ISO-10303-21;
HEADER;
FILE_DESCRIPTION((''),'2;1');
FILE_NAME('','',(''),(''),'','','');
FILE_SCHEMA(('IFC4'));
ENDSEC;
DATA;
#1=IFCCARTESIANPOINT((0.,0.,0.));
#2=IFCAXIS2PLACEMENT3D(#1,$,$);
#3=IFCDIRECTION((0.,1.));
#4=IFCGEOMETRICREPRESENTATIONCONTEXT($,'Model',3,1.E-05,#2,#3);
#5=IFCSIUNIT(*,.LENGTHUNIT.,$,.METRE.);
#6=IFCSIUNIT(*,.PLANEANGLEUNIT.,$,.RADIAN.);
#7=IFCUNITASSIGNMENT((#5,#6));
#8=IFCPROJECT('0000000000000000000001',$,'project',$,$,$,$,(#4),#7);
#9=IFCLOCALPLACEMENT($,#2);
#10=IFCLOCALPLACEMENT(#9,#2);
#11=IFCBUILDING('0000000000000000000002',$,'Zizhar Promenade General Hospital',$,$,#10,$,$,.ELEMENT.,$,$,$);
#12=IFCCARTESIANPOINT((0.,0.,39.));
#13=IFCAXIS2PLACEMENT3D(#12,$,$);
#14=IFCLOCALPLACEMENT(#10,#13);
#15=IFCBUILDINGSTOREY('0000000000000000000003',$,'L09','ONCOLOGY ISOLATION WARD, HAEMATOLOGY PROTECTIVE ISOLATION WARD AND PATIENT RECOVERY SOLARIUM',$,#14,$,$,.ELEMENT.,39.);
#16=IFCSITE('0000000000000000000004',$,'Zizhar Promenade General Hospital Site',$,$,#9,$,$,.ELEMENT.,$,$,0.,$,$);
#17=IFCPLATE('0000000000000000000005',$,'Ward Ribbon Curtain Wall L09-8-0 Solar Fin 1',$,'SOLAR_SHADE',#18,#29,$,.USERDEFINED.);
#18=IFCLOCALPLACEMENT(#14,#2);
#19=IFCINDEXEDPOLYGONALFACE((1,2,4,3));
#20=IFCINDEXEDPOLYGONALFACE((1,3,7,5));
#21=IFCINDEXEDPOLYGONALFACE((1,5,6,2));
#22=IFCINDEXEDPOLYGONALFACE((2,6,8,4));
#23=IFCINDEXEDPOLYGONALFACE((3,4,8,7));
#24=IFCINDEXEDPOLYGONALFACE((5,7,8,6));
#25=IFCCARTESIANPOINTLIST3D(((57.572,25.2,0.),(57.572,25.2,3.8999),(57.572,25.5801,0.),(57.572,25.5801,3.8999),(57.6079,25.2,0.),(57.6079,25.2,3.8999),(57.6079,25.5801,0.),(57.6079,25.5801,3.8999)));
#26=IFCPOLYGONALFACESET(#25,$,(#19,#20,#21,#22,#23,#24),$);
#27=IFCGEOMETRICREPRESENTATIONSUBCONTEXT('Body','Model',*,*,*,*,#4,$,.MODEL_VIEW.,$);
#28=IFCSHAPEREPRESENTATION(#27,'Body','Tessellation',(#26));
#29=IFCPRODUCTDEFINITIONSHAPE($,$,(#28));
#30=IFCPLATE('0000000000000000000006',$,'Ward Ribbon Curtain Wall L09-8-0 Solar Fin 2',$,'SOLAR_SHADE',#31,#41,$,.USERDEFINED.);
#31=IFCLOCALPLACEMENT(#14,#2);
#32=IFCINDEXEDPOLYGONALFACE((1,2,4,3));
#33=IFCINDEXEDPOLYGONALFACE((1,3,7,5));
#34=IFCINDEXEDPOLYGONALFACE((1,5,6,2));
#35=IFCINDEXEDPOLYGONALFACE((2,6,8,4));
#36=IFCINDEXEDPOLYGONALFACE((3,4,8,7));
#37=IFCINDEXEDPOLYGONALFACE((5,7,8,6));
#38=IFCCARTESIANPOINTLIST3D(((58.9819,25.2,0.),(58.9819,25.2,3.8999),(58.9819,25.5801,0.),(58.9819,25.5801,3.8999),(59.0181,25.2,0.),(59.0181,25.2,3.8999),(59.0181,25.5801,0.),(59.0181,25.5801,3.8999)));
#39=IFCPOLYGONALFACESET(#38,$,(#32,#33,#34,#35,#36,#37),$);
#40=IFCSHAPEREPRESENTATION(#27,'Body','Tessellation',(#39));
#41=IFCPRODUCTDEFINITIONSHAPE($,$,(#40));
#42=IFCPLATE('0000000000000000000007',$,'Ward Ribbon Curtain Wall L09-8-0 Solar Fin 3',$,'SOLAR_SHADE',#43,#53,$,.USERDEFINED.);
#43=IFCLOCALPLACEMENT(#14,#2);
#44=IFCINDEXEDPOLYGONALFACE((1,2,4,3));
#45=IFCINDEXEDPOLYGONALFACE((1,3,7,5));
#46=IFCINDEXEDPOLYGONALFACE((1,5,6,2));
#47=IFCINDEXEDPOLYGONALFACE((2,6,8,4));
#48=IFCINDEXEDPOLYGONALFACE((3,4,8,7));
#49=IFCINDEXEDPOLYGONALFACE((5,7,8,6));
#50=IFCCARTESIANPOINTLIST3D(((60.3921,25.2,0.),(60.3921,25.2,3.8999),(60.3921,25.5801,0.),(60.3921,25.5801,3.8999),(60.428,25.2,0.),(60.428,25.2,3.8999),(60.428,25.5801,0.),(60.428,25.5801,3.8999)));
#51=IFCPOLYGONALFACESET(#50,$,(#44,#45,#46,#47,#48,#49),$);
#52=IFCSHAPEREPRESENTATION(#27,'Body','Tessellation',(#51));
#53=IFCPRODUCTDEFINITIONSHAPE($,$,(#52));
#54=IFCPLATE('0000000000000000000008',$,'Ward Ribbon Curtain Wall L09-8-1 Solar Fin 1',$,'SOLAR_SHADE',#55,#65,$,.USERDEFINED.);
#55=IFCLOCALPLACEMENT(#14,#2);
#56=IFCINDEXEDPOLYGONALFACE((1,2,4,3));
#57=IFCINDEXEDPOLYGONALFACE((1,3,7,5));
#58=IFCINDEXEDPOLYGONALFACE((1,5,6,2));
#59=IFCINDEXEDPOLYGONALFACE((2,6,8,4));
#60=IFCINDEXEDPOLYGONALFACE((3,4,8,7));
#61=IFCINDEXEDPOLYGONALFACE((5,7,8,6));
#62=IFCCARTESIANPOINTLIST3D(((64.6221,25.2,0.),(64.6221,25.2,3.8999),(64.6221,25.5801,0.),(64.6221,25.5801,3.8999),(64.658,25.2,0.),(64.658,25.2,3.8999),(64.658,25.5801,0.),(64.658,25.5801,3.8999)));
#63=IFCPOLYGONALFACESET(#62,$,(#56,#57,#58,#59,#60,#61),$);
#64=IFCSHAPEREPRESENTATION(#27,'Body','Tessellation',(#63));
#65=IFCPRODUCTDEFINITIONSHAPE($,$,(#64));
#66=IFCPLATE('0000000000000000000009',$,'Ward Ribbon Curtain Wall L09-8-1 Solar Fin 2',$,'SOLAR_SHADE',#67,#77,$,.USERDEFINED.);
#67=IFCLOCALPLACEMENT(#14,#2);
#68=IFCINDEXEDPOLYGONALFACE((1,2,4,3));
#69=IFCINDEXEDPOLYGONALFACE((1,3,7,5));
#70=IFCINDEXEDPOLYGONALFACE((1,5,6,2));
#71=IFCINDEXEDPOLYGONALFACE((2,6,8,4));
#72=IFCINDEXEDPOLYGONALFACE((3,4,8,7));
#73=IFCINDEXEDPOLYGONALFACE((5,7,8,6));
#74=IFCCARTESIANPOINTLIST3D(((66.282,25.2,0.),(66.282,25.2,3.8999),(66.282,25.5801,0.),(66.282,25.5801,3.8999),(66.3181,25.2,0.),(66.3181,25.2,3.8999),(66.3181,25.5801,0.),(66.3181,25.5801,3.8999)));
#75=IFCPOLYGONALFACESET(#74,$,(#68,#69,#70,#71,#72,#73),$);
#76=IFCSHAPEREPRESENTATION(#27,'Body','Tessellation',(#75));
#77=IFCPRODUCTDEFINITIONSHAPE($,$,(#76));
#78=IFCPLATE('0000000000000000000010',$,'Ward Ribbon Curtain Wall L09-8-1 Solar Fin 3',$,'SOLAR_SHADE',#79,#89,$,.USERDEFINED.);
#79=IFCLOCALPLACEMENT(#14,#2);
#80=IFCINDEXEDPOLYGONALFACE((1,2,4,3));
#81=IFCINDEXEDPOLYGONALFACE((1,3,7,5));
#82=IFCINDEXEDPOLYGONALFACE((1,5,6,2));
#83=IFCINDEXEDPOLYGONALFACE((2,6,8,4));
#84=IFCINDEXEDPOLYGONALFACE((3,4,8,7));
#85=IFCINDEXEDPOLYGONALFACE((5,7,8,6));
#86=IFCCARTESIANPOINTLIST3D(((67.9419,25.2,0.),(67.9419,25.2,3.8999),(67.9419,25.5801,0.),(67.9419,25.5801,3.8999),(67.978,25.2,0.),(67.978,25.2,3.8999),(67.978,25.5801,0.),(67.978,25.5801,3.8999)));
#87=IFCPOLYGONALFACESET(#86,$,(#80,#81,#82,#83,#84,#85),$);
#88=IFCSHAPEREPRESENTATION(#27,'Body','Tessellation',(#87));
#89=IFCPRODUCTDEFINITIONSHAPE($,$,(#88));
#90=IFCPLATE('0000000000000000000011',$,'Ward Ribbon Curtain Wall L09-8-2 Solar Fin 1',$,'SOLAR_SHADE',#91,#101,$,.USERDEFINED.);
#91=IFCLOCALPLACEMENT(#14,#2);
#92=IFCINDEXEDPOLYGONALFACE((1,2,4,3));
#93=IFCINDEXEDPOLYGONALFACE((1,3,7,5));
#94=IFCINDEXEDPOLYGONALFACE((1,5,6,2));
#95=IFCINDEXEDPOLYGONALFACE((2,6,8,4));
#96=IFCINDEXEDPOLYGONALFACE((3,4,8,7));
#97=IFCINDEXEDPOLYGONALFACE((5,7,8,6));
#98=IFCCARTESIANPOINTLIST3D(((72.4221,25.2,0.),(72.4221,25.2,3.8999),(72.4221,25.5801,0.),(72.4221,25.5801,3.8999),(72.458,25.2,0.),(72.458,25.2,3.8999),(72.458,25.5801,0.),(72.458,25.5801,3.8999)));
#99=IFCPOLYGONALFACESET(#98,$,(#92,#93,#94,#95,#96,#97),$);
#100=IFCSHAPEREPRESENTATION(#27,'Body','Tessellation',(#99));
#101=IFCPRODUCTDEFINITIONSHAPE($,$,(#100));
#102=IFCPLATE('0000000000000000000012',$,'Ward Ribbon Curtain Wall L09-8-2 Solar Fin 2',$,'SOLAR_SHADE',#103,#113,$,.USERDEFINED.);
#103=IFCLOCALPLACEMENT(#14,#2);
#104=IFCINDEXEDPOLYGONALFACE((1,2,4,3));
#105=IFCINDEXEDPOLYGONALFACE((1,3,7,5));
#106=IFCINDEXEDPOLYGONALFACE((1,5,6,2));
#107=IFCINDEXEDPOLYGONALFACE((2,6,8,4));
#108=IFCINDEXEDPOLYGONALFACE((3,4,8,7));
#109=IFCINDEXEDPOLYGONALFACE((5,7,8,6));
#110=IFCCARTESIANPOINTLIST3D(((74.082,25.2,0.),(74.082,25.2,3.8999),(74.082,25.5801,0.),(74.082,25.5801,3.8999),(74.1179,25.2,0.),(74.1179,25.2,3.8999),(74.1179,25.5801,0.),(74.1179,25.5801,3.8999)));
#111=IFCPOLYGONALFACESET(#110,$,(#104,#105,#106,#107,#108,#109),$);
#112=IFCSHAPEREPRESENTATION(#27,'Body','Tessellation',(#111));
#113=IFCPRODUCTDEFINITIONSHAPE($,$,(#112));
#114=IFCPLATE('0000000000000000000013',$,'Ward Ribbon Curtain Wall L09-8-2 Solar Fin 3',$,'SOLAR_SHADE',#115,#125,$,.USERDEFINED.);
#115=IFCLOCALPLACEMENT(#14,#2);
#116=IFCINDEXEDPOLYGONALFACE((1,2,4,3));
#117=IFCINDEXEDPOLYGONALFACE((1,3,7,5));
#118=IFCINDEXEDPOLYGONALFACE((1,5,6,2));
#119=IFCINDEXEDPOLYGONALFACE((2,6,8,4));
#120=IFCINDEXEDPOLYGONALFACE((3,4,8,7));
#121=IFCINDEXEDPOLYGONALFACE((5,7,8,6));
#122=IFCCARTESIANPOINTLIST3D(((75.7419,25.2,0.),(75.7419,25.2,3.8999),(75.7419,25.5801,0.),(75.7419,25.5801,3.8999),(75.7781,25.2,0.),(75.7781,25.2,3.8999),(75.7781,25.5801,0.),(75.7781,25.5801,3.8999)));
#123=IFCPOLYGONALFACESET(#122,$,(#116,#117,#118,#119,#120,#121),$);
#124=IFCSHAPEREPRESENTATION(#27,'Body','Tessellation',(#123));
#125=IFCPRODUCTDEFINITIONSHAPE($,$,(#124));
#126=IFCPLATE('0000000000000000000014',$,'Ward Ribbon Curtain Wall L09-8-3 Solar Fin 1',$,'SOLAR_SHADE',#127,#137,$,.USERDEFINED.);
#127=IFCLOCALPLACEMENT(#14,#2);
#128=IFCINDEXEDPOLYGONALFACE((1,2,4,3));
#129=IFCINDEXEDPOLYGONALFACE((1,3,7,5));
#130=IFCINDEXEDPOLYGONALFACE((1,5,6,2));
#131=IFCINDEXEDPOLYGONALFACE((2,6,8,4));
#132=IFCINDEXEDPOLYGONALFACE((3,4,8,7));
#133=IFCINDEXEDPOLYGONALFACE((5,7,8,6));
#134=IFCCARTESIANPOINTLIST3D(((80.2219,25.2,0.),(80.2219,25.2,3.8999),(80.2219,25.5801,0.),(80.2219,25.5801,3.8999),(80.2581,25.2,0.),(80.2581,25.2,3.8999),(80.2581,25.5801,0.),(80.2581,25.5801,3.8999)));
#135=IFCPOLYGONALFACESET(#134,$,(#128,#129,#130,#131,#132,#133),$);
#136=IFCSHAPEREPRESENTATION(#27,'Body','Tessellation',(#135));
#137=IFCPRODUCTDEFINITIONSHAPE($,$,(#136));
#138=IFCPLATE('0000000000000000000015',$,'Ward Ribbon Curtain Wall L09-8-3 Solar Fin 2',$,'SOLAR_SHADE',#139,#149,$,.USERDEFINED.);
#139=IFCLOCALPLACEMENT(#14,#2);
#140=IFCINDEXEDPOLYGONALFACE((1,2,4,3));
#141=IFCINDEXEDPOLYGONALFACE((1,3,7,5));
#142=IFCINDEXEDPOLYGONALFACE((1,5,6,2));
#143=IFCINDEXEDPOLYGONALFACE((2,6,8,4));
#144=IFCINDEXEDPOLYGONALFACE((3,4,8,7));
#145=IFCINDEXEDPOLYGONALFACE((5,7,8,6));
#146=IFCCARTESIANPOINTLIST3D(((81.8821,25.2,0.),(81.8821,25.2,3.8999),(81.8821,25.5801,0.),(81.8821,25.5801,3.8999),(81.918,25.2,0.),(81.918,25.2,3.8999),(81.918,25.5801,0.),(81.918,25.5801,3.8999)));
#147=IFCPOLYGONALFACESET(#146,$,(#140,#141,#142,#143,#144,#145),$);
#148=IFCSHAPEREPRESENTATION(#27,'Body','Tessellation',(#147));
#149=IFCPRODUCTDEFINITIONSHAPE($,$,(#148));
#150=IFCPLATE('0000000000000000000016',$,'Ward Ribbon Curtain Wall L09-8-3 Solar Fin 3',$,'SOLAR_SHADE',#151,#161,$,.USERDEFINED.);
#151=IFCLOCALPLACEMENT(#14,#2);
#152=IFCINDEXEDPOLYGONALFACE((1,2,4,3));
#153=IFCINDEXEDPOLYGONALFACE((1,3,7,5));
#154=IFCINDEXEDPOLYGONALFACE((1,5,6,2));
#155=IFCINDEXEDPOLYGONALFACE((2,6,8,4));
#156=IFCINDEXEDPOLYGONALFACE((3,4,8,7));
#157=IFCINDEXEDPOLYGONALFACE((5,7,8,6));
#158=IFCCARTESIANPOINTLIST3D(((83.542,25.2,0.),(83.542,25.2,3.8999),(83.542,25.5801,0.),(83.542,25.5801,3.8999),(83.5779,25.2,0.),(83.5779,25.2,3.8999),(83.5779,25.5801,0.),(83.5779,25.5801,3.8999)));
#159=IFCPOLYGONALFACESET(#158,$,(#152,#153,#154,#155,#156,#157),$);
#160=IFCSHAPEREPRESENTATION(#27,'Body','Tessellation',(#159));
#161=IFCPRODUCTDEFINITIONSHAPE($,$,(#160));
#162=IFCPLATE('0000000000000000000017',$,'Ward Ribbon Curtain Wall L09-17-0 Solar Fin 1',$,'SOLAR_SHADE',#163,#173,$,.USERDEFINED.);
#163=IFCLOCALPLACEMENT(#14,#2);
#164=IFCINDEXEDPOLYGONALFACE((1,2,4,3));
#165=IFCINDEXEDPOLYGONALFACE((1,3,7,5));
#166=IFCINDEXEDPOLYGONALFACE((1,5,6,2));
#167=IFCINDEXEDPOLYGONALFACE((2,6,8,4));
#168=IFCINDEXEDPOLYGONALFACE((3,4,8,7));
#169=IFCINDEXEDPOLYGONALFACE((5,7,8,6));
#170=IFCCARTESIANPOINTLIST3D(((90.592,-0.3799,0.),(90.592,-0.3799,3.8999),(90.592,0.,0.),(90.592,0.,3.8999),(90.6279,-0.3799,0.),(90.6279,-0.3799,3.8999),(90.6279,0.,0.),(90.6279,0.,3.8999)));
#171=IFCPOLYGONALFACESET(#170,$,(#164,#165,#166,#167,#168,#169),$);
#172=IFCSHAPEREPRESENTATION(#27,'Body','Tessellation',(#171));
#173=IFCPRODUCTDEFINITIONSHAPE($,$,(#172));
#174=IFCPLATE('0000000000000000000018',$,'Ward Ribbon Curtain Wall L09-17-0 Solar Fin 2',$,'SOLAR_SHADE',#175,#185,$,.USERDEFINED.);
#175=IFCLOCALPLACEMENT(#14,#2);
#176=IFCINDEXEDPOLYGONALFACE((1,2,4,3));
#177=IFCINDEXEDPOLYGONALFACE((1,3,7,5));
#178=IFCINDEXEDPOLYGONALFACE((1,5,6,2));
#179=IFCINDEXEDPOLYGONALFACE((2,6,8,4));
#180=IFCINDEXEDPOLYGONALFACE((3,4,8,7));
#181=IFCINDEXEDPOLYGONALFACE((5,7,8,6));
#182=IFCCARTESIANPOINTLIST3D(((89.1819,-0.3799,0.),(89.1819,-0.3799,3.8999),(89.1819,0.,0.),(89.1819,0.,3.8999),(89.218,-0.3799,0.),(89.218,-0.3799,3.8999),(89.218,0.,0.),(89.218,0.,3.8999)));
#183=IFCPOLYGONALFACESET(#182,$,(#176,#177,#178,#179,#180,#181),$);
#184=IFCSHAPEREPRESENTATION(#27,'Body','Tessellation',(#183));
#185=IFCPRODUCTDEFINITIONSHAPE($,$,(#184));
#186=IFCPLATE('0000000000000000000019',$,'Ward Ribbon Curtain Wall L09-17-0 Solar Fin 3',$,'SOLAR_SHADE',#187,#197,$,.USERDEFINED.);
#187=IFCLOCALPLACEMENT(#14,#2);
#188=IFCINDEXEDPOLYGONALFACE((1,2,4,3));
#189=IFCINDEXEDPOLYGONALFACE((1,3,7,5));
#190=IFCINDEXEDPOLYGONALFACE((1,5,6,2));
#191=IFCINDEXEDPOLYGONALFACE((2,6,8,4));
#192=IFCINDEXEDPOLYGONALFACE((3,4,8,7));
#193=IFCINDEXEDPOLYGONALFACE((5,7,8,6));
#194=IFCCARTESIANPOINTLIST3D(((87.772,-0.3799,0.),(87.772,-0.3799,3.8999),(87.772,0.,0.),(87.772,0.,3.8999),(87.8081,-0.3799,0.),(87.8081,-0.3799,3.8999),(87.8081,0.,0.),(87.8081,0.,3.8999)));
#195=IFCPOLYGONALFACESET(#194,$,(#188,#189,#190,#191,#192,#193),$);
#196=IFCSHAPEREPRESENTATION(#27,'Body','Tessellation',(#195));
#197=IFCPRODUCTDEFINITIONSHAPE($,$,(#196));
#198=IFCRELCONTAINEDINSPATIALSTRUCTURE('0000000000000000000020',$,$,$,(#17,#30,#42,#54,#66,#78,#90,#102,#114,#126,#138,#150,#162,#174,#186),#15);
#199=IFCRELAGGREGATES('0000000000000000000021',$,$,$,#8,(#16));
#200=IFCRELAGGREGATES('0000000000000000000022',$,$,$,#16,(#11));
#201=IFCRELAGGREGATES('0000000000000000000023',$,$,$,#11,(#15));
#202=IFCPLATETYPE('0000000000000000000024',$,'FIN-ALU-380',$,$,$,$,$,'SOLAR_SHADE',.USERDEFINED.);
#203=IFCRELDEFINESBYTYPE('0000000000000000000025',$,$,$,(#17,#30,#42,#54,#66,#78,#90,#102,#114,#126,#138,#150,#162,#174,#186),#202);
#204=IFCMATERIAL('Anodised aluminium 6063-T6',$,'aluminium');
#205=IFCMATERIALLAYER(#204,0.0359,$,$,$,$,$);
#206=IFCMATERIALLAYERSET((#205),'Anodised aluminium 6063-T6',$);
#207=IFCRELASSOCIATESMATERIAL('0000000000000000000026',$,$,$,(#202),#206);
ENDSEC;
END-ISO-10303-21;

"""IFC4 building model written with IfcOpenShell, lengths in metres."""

from ifc_helpers import new_model, si_unit, direction, frame, origin, place, context, subcontext, project, spatial, polyline, outline, extrude, material, layer, layer_set, type_object, element, save


model = new_model("IFC4")

# Units and contexts
model_context = context("Model", 3, precision=1e-05, world=origin(), true_north=direction((0.0, 1.0)))
body_context = subcontext(model_context, "Body", "Model", "MODEL_VIEW")
ifc_project = project(units=[si_unit("LENGTHUNIT", "METRE"), si_unit("PLANEANGLEUNIT", "RADIAN")], contexts=[model_context])

# Site, building, storey
site_placement = place(None, origin())
site = spatial("IfcSite", under=ifc_project, at=site_placement, Name="Zizhar Promenade General Hospital Site", CompositionType="ELEMENT", RefElevation=0.0)
building_placement = place(site_placement, origin())
building = spatial("IfcBuilding", under=site, at=building_placement, Name="Zizhar Promenade General Hospital", CompositionType="ELEMENT")
storey_placement = place(building_placement, frame((0.0, 0.0, 39.0)))
storey = spatial("IfcBuildingStorey", under=building, at=storey_placement, Name="L09", Description="ONCOLOGY ISOLATION WARD, HAEMATOLOGY PROTECTIVE ISOLATION WARD AND PATIENT RECOVERY SOLARIUM", CompositionType="ELEMENT", Elevation=39.0)

# Plates
ifc_material_1 = material(Name="Anodised aluminium 6063-T6", Category="aluminium")
ifc_layer_1 = layer(ifc_material_1, 0.0359)
ifc_layer_set_1 = layer_set([ifc_layer_1], Name="Anodised aluminium 6063-T6")
plate_type_1 = type_object("IfcPlateType", Name="FIN-ALU-380", ElementType="SOLAR_SHADE", PredefinedType="USERDEFINED", material=ifc_layer_set_1)
plate_1_placement = place(storey_placement, origin())
element("IfcPlate", 1, at=plate_1_placement, inside=storey, type_object=plate_type_1, Name="Ward Ribbon Curtain Wall L09-8-0 Solar Fin 1", ObjectType="SOLAR_SHADE", PredefinedType="USERDEFINED", context=body_context, shape_type="SweptSolid", body=[
    extrude(outline(polyline([(57.572, 25.2), (57.6079, 25.2), (57.6079, 25.5801), (57.572, 25.5801), (57.572, 25.2)])), origin(), (0.0, 0.0, 1.0), 3.8999),
])
plate_2_placement = place(storey_placement, origin())
element("IfcPlate", 2, at=plate_2_placement, inside=storey, type_object=plate_type_1, Name="Ward Ribbon Curtain Wall L09-8-0 Solar Fin 2", ObjectType="SOLAR_SHADE", PredefinedType="USERDEFINED", context=body_context, shape_type="SweptSolid", body=[
    extrude(outline(polyline([(58.9819, 25.2), (59.0181, 25.2), (59.0181, 25.5801), (58.9819, 25.5801), (58.9819, 25.2)])), origin(), (0.0, 0.0, 1.0), 3.8999),
])
plate_3_placement = place(storey_placement, origin())
element("IfcPlate", 3, at=plate_3_placement, inside=storey, type_object=plate_type_1, Name="Ward Ribbon Curtain Wall L09-8-0 Solar Fin 3", ObjectType="SOLAR_SHADE", PredefinedType="USERDEFINED", context=body_context, shape_type="SweptSolid", body=[
    extrude(outline(polyline([(60.3921, 25.2), (60.428, 25.2), (60.428, 25.5801), (60.3921, 25.5801), (60.3921, 25.2)])), origin(), (0.0, 0.0, 1.0), 3.8999),
])
plate_4_placement = place(storey_placement, origin())
element("IfcPlate", 4, at=plate_4_placement, inside=storey, type_object=plate_type_1, Name="Ward Ribbon Curtain Wall L09-8-1 Solar Fin 1", ObjectType="SOLAR_SHADE", PredefinedType="USERDEFINED", context=body_context, shape_type="SweptSolid", body=[
    extrude(outline(polyline([(64.6221, 25.2), (64.658, 25.2), (64.658, 25.5801), (64.6221, 25.5801), (64.6221, 25.2)])), origin(), (0.0, 0.0, 1.0), 3.8999),
])
plate_5_placement = place(storey_placement, origin())
element("IfcPlate", 5, at=plate_5_placement, inside=storey, type_object=plate_type_1, Name="Ward Ribbon Curtain Wall L09-8-1 Solar Fin 2", ObjectType="SOLAR_SHADE", PredefinedType="USERDEFINED", context=body_context, shape_type="SweptSolid", body=[
    extrude(outline(polyline([(66.282, 25.2), (66.3181, 25.2), (66.3181, 25.5801), (66.282, 25.5801), (66.282, 25.2)])), origin(), (0.0, 0.0, 1.0), 3.8999),
])
plate_6_placement = place(storey_placement, origin())
element("IfcPlate", 6, at=plate_6_placement, inside=storey, type_object=plate_type_1, Name="Ward Ribbon Curtain Wall L09-8-1 Solar Fin 3", ObjectType="SOLAR_SHADE", PredefinedType="USERDEFINED", context=body_context, shape_type="SweptSolid", body=[
    extrude(outline(polyline([(67.9419, 25.2), (67.978, 25.2), (67.978, 25.5801), (67.9419, 25.5801), (67.9419, 25.2)])), origin(), (0.0, 0.0, 1.0), 3.8999),
])
plate_7_placement = place(storey_placement, origin())
element("IfcPlate", 7, at=plate_7_placement, inside=storey, type_object=plate_type_1, Name="Ward Ribbon Curtain Wall L09-8-2 Solar Fin 1", ObjectType="SOLAR_SHADE", PredefinedType="USERDEFINED", context=body_context, shape_type="SweptSolid", body=[
    extrude(outline(polyline([(72.4221, 25.2), (72.458, 25.2), (72.458, 25.5801), (72.4221, 25.5801), (72.4221, 25.2)])), origin(), (0.0, 0.0, 1.0), 3.8999),
])
plate_8_placement = place(storey_placement, origin())
element("IfcPlate", 8, at=plate_8_placement, inside=storey, type_object=plate_type_1, Name="Ward Ribbon Curtain Wall L09-8-2 Solar Fin 2", ObjectType="SOLAR_SHADE", PredefinedType="USERDEFINED", context=body_context, shape_type="SweptSolid", body=[
    extrude(outline(polyline([(74.082, 25.2), (74.1179, 25.2), (74.1179, 25.5801), (74.082, 25.5801), (74.082, 25.2)])), origin(), (0.0, 0.0, 1.0), 3.8999),
])
plate_9_placement = place(storey_placement, origin())
element("IfcPlate", 9, at=plate_9_placement, inside=storey, type_object=plate_type_1, Name="Ward Ribbon Curtain Wall L09-8-2 Solar Fin 3", ObjectType="SOLAR_SHADE", PredefinedType="USERDEFINED", context=body_context, shape_type="SweptSolid", body=[
    extrude(outline(polyline([(75.7419, 25.2), (75.7781, 25.2), (75.7781, 25.5801), (75.7419, 25.5801), (75.7419, 25.2)])), origin(), (0.0, 0.0, 1.0), 3.8999),
])
plate_10_placement = place(storey_placement, origin())
element("IfcPlate", 10, at=plate_10_placement, inside=storey, type_object=plate_type_1, Name="Ward Ribbon Curtain Wall L09-8-3 Solar Fin 1", ObjectType="SOLAR_SHADE", PredefinedType="USERDEFINED", context=body_context, shape_type="SweptSolid", body=[
    extrude(outline(polyline([(80.2219, 25.2), (80.2581, 25.2), (80.2581, 25.5801), (80.2219, 25.5801), (80.2219, 25.2)])), origin(), (0.0, 0.0, 1.0), 3.8999),
])
plate_11_placement = place(storey_placement, origin())
element("IfcPlate", 11, at=plate_11_placement, inside=storey, type_object=plate_type_1, Name="Ward Ribbon Curtain Wall L09-8-3 Solar Fin 2", ObjectType="SOLAR_SHADE", PredefinedType="USERDEFINED", context=body_context, shape_type="SweptSolid", body=[
    extrude(outline(polyline([(81.8821, 25.2), (81.918, 25.2), (81.918, 25.5801), (81.8821, 25.5801), (81.8821, 25.2)])), origin(), (0.0, 0.0, 1.0), 3.8999),
])
plate_12_placement = place(storey_placement, origin())
element("IfcPlate", 12, at=plate_12_placement, inside=storey, type_object=plate_type_1, Name="Ward Ribbon Curtain Wall L09-8-3 Solar Fin 3", ObjectType="SOLAR_SHADE", PredefinedType="USERDEFINED", context=body_context, shape_type="SweptSolid", body=[
    extrude(outline(polyline([(83.542, 25.2), (83.5779, 25.2), (83.5779, 25.5801), (83.542, 25.5801), (83.542, 25.2)])), origin(), (0.0, 0.0, 1.0), 3.8999),
])
plate_13_placement = place(storey_placement, origin())
element("IfcPlate", 13, at=plate_13_placement, inside=storey, type_object=plate_type_1, Name="Ward Ribbon Curtain Wall L09-17-0 Solar Fin 1", ObjectType="SOLAR_SHADE", PredefinedType="USERDEFINED", context=body_context, shape_type="SweptSolid", body=[
    extrude(outline(polyline([(90.6279, 0.0), (90.592, 0.0), (90.592, -0.3799), (90.6279, -0.3799), (90.6279, 0.0)])), origin(), (0.0, 0.0, 1.0), 3.8999),
])
plate_14_placement = place(storey_placement, origin())
element("IfcPlate", 14, at=plate_14_placement, inside=storey, type_object=plate_type_1, Name="Ward Ribbon Curtain Wall L09-17-0 Solar Fin 2", ObjectType="SOLAR_SHADE", PredefinedType="USERDEFINED", context=body_context, shape_type="SweptSolid", body=[
    extrude(outline(polyline([(89.218, 0.0), (89.1819, 0.0), (89.1819, -0.3799), (89.218, -0.3799), (89.218, 0.0)])), origin(), (0.0, 0.0, 1.0), 3.8999),
])
plate_15_placement = place(storey_placement, origin())
element("IfcPlate", 15, at=plate_15_placement, inside=storey, type_object=plate_type_1, Name="Ward Ribbon Curtain Wall L09-17-0 Solar Fin 3", ObjectType="SOLAR_SHADE", PredefinedType="USERDEFINED", context=body_context, shape_type="SweptSolid", body=[
    extrude(outline(polyline([(87.8081, 0.0), (87.772, 0.0), (87.772, -0.3799), (87.8081, -0.3799), (87.8081, 0.0)])), origin(), (0.0, 0.0, 1.0), 3.8999),
])

save(model, "model.ifc")
